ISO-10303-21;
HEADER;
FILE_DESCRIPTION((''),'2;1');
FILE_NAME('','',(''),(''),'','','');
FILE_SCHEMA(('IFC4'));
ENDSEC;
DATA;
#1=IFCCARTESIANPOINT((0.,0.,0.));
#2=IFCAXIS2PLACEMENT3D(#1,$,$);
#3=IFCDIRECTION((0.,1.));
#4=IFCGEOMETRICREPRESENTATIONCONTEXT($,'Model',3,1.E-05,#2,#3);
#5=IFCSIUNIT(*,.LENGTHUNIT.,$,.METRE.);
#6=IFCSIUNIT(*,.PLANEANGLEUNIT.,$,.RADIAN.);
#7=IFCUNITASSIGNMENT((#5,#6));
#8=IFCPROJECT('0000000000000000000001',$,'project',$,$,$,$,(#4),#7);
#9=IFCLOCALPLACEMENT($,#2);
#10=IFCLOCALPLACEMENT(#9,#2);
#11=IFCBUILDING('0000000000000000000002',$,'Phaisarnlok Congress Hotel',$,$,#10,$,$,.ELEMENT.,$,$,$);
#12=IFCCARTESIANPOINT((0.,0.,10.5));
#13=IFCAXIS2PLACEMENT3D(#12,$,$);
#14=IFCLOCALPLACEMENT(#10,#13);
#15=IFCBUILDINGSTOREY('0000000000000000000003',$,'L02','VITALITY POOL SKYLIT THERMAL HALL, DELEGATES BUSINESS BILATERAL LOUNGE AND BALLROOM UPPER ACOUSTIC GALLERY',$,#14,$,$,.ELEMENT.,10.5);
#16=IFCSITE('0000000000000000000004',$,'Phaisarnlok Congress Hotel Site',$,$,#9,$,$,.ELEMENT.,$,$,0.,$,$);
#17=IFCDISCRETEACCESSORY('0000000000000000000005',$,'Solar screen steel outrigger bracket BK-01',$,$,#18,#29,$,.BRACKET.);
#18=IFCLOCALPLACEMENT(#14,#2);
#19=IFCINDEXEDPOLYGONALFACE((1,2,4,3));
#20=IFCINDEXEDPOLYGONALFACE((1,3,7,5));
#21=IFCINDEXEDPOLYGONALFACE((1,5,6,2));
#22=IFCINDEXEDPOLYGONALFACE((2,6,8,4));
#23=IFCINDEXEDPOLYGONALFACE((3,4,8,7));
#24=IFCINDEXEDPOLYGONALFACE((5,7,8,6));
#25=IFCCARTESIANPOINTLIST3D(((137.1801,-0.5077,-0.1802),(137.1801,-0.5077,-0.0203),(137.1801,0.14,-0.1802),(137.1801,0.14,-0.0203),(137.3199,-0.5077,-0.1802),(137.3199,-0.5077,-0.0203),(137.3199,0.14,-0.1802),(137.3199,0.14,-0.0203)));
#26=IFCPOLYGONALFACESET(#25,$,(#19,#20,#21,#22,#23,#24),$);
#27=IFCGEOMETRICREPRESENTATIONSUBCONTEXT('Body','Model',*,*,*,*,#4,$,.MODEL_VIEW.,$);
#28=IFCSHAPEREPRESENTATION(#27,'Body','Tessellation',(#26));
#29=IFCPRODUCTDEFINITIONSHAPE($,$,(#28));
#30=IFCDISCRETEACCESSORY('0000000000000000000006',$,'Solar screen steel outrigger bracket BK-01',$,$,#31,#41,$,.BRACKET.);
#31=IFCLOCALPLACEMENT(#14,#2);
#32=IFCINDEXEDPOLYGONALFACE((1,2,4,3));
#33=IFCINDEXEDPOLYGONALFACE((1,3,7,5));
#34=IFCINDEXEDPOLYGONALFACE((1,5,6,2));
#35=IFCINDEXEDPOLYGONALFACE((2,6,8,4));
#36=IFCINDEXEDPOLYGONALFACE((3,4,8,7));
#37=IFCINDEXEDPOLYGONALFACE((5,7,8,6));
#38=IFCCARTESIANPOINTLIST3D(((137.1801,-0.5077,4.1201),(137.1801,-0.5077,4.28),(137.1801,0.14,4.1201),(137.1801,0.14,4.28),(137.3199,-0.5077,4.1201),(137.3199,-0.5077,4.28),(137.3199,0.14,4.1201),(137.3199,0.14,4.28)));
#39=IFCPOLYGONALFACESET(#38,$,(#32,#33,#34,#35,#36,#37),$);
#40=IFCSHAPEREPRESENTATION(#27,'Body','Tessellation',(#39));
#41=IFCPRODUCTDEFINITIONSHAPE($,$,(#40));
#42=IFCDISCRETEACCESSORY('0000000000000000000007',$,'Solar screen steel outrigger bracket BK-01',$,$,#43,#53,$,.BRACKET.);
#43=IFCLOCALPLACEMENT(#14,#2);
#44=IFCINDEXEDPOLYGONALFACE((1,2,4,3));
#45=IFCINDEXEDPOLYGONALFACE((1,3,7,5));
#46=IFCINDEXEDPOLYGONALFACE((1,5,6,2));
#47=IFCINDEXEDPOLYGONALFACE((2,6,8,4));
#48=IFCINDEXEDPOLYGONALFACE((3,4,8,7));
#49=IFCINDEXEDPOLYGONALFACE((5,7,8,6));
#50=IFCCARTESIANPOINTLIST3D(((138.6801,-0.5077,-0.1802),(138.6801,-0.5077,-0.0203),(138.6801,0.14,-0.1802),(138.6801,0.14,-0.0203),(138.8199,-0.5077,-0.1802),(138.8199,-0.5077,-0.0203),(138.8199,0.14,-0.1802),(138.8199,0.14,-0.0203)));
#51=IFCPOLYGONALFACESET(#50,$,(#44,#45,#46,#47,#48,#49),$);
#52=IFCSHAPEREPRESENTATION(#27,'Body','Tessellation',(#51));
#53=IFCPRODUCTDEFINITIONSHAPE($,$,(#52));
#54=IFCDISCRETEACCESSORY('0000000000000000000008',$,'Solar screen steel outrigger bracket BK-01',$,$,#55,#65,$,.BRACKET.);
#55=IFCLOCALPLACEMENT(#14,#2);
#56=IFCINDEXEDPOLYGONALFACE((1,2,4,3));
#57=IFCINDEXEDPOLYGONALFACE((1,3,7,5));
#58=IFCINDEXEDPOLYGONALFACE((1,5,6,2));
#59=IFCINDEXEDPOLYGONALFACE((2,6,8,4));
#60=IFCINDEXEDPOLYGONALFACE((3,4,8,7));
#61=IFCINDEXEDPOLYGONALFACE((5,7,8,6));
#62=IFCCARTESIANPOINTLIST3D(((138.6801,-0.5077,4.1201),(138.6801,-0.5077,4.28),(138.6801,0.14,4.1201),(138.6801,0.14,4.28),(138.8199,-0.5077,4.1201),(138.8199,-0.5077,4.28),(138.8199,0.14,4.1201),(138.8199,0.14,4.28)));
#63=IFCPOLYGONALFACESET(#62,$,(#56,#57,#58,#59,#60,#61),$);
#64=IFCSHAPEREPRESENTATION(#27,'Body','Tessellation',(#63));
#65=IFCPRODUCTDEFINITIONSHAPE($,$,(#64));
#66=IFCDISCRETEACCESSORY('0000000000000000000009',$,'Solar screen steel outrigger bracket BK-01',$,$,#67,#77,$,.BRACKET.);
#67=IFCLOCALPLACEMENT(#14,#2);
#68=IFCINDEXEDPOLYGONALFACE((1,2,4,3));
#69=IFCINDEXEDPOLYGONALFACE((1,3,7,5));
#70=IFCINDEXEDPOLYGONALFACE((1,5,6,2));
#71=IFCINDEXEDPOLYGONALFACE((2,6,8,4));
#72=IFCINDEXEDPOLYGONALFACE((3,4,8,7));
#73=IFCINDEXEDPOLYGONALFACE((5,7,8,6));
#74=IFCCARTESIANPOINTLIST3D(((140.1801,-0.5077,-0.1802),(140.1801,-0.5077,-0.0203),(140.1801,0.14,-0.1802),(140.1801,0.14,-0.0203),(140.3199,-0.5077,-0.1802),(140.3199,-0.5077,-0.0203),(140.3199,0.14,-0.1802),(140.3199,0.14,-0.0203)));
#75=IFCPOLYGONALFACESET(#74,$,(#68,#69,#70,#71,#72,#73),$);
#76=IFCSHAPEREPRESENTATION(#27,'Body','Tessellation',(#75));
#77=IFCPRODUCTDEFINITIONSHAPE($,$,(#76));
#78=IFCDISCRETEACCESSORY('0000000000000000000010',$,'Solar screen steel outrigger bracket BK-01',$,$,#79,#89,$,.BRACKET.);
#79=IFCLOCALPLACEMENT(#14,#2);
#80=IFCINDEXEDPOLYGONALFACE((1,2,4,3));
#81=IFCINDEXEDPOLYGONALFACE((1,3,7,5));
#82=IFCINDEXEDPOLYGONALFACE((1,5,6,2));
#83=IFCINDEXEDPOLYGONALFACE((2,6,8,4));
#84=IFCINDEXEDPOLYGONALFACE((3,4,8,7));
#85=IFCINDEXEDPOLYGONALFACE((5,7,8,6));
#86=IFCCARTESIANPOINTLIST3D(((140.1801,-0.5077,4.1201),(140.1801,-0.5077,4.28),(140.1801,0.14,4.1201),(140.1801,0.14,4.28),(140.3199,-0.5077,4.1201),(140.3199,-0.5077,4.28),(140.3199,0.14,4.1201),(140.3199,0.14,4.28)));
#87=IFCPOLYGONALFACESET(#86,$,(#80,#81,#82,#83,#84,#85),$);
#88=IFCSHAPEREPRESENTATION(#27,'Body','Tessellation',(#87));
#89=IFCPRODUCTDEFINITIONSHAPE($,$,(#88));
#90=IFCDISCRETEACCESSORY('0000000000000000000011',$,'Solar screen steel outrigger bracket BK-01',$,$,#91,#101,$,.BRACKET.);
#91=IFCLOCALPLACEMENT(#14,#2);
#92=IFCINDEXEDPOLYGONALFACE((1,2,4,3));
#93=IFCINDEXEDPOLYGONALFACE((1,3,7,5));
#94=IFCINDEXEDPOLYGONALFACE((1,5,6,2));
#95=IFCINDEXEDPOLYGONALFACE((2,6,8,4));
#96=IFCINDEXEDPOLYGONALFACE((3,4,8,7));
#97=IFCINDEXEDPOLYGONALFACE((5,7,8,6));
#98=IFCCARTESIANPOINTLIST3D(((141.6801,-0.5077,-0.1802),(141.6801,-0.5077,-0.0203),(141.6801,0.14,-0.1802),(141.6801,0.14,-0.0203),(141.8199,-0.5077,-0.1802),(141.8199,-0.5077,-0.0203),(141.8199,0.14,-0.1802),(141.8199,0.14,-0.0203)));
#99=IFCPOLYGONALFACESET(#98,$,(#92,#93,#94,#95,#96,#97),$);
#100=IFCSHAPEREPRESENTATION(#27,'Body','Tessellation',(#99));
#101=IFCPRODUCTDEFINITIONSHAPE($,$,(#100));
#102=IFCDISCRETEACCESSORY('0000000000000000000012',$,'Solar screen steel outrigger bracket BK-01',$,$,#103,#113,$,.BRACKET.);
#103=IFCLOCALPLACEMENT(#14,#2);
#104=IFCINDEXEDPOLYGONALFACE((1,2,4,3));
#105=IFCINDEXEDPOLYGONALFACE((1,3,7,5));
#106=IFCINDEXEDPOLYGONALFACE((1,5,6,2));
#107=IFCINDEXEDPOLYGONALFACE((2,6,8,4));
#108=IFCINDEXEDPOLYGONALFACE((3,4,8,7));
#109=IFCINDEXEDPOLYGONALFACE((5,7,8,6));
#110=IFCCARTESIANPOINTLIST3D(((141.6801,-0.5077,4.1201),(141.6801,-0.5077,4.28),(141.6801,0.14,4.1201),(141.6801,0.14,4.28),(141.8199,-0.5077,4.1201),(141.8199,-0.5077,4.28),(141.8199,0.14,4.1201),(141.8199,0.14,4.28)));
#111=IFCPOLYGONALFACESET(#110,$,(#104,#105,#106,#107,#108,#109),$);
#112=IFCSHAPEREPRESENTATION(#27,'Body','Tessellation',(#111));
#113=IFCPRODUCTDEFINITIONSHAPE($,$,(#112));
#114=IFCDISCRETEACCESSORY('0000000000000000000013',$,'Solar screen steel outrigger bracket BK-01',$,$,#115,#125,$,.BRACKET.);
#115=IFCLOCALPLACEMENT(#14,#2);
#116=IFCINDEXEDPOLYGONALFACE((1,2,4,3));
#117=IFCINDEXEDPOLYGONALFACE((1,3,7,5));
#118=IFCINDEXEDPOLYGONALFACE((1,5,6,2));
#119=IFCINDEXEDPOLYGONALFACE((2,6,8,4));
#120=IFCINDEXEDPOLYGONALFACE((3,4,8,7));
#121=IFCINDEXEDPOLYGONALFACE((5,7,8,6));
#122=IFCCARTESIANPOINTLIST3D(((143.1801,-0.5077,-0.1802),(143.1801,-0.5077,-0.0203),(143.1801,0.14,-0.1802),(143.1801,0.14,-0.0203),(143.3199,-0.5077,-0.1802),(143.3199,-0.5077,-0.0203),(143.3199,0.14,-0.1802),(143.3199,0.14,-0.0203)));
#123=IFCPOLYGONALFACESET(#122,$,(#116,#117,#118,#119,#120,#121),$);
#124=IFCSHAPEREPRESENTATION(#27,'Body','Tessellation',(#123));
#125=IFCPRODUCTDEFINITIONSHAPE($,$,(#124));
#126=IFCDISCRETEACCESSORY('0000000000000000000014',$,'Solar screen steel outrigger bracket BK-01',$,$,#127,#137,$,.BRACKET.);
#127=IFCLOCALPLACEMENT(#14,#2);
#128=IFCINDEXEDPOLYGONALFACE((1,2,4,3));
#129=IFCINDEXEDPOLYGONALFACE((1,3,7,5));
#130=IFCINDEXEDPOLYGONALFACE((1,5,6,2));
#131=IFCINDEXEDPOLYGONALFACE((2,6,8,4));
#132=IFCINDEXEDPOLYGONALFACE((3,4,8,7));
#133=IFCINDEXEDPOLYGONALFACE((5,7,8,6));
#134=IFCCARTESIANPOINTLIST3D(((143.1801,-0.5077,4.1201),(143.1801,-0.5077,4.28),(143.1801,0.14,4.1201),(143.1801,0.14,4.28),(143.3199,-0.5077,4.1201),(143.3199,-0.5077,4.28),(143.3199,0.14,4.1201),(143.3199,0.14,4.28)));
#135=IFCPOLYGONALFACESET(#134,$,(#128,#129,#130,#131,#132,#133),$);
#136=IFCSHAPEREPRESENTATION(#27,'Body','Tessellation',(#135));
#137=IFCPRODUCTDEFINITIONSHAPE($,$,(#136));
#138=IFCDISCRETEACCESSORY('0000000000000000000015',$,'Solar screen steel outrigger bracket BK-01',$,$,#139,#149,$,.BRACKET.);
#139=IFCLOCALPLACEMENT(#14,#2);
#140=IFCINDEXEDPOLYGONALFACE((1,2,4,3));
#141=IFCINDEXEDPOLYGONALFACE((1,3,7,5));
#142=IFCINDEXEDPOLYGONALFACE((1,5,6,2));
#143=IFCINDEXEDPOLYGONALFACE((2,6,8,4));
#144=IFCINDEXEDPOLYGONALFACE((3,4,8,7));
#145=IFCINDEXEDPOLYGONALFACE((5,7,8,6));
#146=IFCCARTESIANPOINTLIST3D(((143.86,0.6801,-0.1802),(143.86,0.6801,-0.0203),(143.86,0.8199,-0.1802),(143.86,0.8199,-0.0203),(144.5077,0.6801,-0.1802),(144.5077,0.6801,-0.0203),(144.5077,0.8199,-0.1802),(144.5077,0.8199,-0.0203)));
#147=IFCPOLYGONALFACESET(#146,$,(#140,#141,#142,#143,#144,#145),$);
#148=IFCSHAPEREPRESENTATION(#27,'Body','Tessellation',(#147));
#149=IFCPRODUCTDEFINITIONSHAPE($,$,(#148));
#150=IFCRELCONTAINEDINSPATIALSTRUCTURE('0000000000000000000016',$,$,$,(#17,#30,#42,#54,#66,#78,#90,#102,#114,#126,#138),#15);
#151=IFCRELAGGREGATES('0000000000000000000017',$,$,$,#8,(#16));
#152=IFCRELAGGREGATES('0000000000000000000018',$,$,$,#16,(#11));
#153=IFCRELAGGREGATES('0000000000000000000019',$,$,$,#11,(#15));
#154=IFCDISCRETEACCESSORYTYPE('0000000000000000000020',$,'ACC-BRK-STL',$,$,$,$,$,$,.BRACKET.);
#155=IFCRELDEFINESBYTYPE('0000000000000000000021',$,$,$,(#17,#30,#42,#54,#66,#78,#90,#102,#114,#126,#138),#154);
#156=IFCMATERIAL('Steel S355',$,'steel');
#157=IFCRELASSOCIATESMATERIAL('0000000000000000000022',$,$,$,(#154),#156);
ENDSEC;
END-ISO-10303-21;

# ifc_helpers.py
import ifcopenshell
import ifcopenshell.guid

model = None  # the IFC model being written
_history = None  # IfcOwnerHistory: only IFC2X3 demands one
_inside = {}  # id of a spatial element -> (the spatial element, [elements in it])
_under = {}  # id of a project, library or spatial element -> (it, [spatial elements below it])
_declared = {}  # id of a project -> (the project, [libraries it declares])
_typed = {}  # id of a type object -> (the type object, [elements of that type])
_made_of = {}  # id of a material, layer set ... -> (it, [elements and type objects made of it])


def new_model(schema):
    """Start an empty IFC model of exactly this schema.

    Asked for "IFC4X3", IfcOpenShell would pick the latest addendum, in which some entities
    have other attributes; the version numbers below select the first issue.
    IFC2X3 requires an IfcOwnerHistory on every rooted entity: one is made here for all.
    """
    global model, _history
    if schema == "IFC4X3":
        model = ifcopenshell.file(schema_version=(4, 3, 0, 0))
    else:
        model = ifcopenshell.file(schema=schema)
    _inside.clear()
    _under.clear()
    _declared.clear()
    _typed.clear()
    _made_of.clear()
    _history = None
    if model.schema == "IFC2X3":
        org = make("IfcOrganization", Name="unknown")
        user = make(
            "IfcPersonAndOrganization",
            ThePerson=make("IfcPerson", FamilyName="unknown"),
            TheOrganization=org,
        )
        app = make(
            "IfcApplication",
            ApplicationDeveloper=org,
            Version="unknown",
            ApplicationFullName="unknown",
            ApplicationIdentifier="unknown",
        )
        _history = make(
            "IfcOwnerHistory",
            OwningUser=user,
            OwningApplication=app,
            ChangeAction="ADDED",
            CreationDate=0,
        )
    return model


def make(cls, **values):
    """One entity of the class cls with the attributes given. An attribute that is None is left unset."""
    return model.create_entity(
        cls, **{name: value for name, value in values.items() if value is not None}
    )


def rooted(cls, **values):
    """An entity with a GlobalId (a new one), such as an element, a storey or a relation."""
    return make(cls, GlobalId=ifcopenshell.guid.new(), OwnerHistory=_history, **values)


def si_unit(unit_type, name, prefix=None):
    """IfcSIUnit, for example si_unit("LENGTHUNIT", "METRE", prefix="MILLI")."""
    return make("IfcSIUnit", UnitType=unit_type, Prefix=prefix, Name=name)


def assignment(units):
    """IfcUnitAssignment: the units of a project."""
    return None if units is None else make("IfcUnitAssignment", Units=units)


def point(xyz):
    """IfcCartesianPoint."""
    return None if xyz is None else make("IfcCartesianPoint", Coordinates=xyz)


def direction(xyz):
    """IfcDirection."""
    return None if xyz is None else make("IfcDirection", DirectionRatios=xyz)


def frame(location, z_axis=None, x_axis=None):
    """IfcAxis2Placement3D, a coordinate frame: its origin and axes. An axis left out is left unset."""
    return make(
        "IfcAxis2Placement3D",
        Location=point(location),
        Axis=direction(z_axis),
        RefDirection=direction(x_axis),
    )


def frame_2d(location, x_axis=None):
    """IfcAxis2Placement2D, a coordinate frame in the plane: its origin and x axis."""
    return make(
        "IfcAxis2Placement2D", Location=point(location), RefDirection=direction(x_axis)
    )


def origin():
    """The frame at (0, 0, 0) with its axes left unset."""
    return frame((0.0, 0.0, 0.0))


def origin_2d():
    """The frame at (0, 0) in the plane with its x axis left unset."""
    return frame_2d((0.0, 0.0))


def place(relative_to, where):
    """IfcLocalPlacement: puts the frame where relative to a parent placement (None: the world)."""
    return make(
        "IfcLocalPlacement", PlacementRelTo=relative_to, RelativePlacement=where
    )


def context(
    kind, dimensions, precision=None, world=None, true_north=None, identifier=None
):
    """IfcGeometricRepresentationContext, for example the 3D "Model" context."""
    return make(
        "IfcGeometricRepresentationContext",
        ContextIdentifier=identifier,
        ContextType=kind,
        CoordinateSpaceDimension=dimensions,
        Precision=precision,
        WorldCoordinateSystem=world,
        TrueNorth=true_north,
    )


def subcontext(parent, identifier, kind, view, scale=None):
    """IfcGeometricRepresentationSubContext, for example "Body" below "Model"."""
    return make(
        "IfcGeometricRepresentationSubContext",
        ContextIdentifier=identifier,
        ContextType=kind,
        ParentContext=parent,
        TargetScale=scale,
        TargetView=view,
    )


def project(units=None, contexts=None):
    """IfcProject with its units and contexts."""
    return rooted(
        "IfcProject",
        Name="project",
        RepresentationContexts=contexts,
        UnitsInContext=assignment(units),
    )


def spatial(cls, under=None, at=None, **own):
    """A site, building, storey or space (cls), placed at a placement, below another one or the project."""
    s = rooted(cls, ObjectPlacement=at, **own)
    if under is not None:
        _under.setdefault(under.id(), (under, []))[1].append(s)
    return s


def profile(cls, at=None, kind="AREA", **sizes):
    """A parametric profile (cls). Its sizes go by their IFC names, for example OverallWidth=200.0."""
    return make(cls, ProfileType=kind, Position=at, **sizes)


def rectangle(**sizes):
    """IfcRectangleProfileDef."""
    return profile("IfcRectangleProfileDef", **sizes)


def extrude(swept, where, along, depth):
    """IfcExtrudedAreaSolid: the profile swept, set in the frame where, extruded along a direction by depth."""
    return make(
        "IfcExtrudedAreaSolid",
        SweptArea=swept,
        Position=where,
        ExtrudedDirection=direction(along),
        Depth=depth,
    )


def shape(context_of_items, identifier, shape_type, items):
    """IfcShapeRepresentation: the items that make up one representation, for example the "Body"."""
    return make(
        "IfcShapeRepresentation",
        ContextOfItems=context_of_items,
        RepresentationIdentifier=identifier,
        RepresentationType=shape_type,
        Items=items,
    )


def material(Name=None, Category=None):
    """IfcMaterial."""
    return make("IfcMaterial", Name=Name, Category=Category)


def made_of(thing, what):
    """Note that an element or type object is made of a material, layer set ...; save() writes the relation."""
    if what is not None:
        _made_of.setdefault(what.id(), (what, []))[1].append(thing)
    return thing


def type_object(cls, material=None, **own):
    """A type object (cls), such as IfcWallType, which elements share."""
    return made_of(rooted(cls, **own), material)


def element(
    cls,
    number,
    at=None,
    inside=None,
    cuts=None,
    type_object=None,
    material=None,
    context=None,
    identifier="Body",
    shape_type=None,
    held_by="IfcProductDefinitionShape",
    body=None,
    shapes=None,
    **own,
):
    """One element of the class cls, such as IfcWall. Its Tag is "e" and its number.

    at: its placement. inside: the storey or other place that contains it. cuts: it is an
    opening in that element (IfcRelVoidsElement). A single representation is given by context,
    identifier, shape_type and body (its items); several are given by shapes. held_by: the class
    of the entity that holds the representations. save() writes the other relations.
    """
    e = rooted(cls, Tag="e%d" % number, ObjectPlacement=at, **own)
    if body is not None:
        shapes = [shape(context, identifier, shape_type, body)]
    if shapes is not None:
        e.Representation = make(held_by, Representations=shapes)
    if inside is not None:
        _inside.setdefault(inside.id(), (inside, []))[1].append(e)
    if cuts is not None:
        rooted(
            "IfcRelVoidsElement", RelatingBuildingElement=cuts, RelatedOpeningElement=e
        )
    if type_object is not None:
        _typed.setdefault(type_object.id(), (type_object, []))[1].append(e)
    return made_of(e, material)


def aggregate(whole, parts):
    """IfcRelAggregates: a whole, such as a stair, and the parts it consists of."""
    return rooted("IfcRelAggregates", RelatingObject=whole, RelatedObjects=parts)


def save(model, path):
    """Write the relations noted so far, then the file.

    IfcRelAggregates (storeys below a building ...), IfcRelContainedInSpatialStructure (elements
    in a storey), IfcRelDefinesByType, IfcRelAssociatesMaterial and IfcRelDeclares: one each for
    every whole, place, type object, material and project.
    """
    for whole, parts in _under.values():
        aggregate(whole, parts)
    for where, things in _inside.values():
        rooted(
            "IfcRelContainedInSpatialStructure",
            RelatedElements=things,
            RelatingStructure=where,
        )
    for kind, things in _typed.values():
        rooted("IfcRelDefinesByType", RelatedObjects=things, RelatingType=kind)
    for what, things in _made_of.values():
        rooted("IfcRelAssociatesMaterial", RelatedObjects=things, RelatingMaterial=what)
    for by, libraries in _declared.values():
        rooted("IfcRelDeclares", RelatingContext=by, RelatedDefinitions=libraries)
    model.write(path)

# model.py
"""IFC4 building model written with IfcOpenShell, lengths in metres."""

from ifc_helpers import new_model, si_unit, direction, frame, origin, origin_2d, place, context, subcontext, project, spatial, rectangle, extrude, material, type_object, element, save


model = new_model("IFC4")

# Units and contexts
model_context = context("Model", 3, precision=1e-05, world=origin(), true_north=direction((0.0, 1.0)))
body_context = subcontext(model_context, "Body", "Model", "MODEL_VIEW")
ifc_project = project(units=[si_unit("LENGTHUNIT", "METRE"), si_unit("PLANEANGLEUNIT", "RADIAN")], contexts=[model_context])

# Site, building, storey
site_placement = place(None, origin())
site = spatial("IfcSite", under=ifc_project, at=site_placement, Name="Phaisarnlok Congress Hotel Site", CompositionType="ELEMENT", RefElevation=0.0)
building_placement = place(site_placement, origin())
building = spatial("IfcBuilding", under=site, at=building_placement, Name="Phaisarnlok Congress Hotel", CompositionType="ELEMENT")
storey_placement = place(building_placement, frame((0.0, 0.0, 10.5)))
storey = spatial("IfcBuildingStorey", under=building, at=storey_placement, Name="L02", Description="VITALITY POOL SKYLIT THERMAL HALL, DELEGATES BUSINESS BILATERAL LOUNGE AND BALLROOM UPPER ACOUSTIC GALLERY", CompositionType="ELEMENT", Elevation=10.5)

# Shared definitions
ifc_material_1 = material(Name="Steel S355", Category="steel")

# Discrete accessories
discrete_accessory_type = type_object("IfcDiscreteAccessoryType", Name="ACC-BRK-STL", PredefinedType="BRACKET", material=ifc_material_1)
for number, where, z_axis, x_axis, name in (
    (1, (137.25, -0.1838, -0.1802), (0.0, 0.0, 1.0), (1.0, 0.0, 0.0), "Solar screen steel outrigger bracket BK-01"),
    (2, (137.25, -0.1838, 4.1201), (0.0, 0.0, 1.0), (1.0, 0.0, 0.0), "Solar screen steel outrigger bracket BK-01"),
    (3, (138.75, -0.1838, -0.1802), (0.0, 0.0, 1.0), (1.0, 0.0, 0.0), "Solar screen steel outrigger bracket BK-01"),
    (4, (138.75, -0.1838, 4.1201), (0.0, 0.0, 1.0), (1.0, 0.0, 0.0), "Solar screen steel outrigger bracket BK-01"),
    (5, (140.25, -0.1838, -0.1802), (0.0, 0.0, 1.0), (1.0, 0.0, 0.0), "Solar screen steel outrigger bracket BK-01"),
    (6, (140.25, -0.1838, 4.1201), (0.0, 0.0, 1.0), (1.0, 0.0, 0.0), "Solar screen steel outrigger bracket BK-01"),
    (7, (141.75, -0.1838, -0.1802), (0.0, 0.0, 1.0), (1.0, 0.0, 0.0), "Solar screen steel outrigger bracket BK-01"),
    (8, (141.75, -0.1838, 4.1201), (0.0, 0.0, 1.0), (1.0, 0.0, 0.0), "Solar screen steel outrigger bracket BK-01"),
    (9, (143.25, -0.1838, -0.1802), (0.0, 0.0, 1.0), (1.0, 0.0, 0.0), "Solar screen steel outrigger bracket BK-01"),
    (10, (143.25, -0.1838, 4.1201), (0.0, 0.0, 1.0), (1.0, 0.0, 0.0), "Solar screen steel outrigger bracket BK-01"),
):
    element("IfcDiscreteAccessory", number, at=place(storey_placement, frame(where, z_axis=z_axis, x_axis=x_axis)), inside=storey, type_object=discrete_accessory_type, Name=name, PredefinedType="BRACKET", context=body_context, shape_type="SweptSolid", body=[
        extrude(rectangle(XDim=0.1399, YDim=0.6477, at=origin_2d()), origin(), (0.0, 0.0, 1.0), 0.1599),
    ])
discrete_accessory_placement = place(storey_placement, frame((144.1838, 0.75, -0.1802), z_axis=(0.0, 0.0, 1.0), x_axis=(1.0, 0.0, 0.0)))
element("IfcDiscreteAccessory", 11, at=discrete_accessory_placement, inside=storey, type_object=discrete_accessory_type, Name="Solar screen steel outrigger bracket BK-01", PredefinedType="BRACKET", context=body_context, shape_type="SweptSolid", body=[
    extrude(rectangle(XDim=0.6477, YDim=0.1399, at=origin_2d()), origin(), (0.0, 0.0, 1.0), 0.1599),
])

save(model, "model.ifc")
